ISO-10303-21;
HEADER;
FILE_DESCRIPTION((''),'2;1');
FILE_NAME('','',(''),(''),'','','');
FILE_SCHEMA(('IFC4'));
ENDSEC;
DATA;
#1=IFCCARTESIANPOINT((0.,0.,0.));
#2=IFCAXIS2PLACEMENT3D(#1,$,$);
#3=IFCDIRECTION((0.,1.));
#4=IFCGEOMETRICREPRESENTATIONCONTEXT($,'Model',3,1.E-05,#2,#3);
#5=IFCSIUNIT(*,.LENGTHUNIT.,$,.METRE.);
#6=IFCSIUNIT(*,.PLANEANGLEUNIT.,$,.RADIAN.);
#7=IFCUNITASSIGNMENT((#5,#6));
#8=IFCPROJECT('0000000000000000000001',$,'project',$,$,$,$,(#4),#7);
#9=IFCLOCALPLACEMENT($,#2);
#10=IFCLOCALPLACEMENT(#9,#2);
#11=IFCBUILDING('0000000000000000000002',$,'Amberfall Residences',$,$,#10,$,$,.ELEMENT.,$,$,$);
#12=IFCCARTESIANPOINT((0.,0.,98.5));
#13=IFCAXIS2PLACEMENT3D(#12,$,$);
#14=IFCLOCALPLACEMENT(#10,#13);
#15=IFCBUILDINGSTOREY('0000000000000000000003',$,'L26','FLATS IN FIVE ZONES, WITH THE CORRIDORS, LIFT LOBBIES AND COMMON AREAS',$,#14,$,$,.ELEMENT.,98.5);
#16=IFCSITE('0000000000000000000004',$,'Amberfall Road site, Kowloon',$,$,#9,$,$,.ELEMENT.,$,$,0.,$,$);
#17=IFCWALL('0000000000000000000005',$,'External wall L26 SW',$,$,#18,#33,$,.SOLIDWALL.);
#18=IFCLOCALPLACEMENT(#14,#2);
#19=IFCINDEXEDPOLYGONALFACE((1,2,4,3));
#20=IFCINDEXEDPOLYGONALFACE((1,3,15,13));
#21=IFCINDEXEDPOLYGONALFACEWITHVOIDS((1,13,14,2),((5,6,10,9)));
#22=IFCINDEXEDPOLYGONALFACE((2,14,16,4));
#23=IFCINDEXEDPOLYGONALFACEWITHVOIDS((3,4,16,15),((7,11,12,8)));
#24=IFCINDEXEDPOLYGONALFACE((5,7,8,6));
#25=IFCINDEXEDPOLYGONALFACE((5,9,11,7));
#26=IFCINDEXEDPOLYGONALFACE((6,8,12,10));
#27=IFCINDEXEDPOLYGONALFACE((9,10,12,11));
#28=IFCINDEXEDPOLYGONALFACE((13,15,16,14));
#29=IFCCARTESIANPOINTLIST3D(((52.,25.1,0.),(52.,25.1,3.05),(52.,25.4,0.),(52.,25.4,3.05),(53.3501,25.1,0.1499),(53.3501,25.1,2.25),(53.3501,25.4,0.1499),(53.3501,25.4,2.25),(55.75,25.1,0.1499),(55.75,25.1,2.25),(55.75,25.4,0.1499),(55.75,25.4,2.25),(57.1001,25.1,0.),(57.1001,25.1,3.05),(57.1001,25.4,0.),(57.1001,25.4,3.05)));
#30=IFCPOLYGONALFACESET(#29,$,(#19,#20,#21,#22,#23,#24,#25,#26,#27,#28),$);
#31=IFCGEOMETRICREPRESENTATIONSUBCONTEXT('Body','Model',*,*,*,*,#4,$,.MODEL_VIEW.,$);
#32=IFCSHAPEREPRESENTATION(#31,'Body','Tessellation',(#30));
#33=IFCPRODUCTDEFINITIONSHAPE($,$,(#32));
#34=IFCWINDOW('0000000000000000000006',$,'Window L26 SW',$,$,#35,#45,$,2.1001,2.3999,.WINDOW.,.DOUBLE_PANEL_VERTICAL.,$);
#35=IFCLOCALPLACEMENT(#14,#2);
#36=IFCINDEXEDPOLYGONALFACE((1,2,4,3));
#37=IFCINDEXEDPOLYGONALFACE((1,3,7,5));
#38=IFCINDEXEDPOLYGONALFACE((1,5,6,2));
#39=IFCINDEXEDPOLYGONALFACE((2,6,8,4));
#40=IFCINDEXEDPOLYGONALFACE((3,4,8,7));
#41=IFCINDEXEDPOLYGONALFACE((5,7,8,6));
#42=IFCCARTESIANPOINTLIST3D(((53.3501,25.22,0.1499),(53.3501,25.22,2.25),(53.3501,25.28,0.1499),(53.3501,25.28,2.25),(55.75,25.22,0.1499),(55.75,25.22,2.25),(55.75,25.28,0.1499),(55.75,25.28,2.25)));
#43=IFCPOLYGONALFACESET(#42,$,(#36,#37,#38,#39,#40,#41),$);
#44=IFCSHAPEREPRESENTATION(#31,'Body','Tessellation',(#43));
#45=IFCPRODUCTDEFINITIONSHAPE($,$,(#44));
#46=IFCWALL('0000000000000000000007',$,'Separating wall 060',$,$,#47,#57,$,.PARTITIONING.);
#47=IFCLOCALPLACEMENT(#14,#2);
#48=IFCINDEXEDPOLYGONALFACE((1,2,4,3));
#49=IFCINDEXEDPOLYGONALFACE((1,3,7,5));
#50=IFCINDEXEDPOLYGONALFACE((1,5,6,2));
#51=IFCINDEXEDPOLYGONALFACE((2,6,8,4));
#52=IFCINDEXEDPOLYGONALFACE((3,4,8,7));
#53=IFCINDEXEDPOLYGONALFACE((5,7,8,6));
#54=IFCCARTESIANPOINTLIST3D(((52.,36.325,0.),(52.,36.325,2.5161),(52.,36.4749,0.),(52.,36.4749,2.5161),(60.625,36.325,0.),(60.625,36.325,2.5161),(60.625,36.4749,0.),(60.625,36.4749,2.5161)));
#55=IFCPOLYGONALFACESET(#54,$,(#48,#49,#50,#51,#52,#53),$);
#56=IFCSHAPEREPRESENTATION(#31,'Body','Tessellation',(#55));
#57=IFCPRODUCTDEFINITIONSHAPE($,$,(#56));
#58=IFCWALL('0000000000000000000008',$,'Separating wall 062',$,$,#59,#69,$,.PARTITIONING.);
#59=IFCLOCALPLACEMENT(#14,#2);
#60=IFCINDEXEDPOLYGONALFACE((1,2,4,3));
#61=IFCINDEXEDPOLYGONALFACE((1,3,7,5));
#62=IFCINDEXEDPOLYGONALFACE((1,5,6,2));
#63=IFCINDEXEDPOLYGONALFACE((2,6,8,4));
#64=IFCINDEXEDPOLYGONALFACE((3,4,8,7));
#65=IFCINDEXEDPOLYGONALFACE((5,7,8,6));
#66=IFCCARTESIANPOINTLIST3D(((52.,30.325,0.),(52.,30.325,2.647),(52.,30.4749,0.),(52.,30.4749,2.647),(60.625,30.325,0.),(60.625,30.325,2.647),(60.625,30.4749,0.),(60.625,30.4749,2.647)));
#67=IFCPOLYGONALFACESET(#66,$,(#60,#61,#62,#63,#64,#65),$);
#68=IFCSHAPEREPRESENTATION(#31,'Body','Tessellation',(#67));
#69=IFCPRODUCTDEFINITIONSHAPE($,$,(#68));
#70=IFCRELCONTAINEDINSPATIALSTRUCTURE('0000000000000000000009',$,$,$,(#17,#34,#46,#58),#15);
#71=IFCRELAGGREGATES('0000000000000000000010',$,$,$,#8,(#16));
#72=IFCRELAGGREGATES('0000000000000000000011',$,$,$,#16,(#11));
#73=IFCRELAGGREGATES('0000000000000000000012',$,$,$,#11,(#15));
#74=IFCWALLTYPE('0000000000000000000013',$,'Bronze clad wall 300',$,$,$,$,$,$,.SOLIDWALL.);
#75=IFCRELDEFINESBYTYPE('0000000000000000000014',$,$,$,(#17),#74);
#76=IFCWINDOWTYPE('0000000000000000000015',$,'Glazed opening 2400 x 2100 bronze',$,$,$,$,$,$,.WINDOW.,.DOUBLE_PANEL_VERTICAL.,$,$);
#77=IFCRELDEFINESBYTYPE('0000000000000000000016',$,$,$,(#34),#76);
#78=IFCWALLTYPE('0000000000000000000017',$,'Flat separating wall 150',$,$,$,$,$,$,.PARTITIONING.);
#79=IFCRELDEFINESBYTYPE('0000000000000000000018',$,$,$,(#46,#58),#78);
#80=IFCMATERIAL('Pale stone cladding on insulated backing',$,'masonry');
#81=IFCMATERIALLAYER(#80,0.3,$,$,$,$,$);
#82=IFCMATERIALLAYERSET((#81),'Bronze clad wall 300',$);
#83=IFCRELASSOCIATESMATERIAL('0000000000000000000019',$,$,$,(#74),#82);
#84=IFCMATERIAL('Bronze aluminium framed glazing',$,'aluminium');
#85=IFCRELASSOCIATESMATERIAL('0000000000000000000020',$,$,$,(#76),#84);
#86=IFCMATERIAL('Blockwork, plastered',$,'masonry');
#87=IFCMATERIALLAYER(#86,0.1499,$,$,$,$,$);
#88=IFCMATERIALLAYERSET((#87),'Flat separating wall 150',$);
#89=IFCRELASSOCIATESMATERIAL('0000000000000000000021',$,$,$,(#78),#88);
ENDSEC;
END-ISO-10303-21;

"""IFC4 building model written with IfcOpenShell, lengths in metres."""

from ifc_helpers import new_model, si_unit, direction, frame, frame_2d, origin, place, context, subcontext, project, spatial, rectangle, extrude, material, layer, layer_set, type_object, element, fill, save


model = new_model("IFC4")

# Units and contexts
model_context = context("Model", 3, precision=1e-05, world=origin(), true_north=direction((0.0, 1.0)))
body_context = subcontext(model_context, "Body", "Model", "MODEL_VIEW")
ifc_project = project(units=[si_unit("LENGTHUNIT", "METRE"), si_unit("PLANEANGLEUNIT", "RADIAN")], contexts=[model_context])

# Site, building, storey
site_placement = place(None, origin())
site = spatial("IfcSite", under=ifc_project, at=site_placement, Name="Amberfall Road site, Kowloon", CompositionType="ELEMENT", RefElevation=0.0)
building_placement = place(site_placement, origin())
building = spatial("IfcBuilding", under=site, at=building_placement, Name="Amberfall Residences", CompositionType="ELEMENT")
storey_placement = place(building_placement, frame((0.0, 0.0, 98.5)))
storey = spatial("IfcBuildingStorey", under=building, at=storey_placement, Name="L26", Description="FLATS IN FIVE ZONES, WITH THE CORRIDORS, LIFT LOBBIES AND COMMON AREAS", CompositionType="ELEMENT", Elevation=98.5)

# Wall, opening, window
ifc_material_1 = material(Name="Pale stone cladding on insulated backing", Category="masonry")
ifc_layer_1 = layer(ifc_material_1, 0.3)
ifc_layer_set_1 = layer_set([ifc_layer_1], Name="Bronze clad wall 300")
wall_type_1 = type_object("IfcWallType", Name="Bronze clad wall 300", PredefinedType="SOLIDWALL", material=ifc_layer_set_1)
wall_1_placement = place(storey_placement, frame((52.0, 25.25, 0.0), z_axis=(0.0, 0.0, 1.0), x_axis=(1.0, 0.0, 0.0)))
wall_1 = element("IfcWall", 1, at=wall_1_placement, inside=storey, type_object=wall_type_1, Name="External wall L26 SW", PredefinedType="SOLIDWALL", context=body_context, shape_type="SweptSolid", body=[
    extrude(rectangle(XDim=5.1001, YDim=0.3, at=frame_2d((2.55, 0.0))), origin(), (0.0, 0.0, 1.0), 3.05),
])
opening_placement = place(wall_1_placement, frame((1.3501, 0.0, 0.1499)))
opening = element("IfcOpeningElement", 2, at=opening_placement, cuts=wall_1, PredefinedType="OPENING", context=body_context, shape_type="SweptSolid", body=[
    extrude(rectangle(XDim=2.3999, YDim=2.1001, at=frame_2d((1.2, 1.05))), frame((0.0, 0.1599, 0.0), z_axis=(0.0, -1.0, 0.0), x_axis=(1.0, 0.0, 0.0)), (0.0, 0.0, 1.0), 0.3201),
])
ifc_material_2 = material(Name="Bronze aluminium framed glazing", Category="aluminium")
window_type = type_object("IfcWindowType", Name="Glazed opening 2400 x 2100 bronze", PartitioningType="DOUBLE_PANEL_VERTICAL", PredefinedType="WINDOW", material=ifc_material_2)
window_placement = place(opening_placement, origin())
window = element("IfcWindow", 3, at=window_placement, inside=storey, type_object=window_type, Name="Window L26 SW", OverallHeight=2.1001, OverallWidth=2.3999, PartitioningType="DOUBLE_PANEL_VERTICAL", PredefinedType="WINDOW", context=body_context, shape_type="SweptSolid", body=[
    extrude(rectangle(XDim=2.3999, YDim=2.1001, at=frame_2d((1.2, 1.05))), frame((0.0, 0.03, 0.0), z_axis=(0.0, -1.0, 0.0), x_axis=(1.0, 0.0, 0.0)), (0.0, 0.0, 1.0), 0.0601),
])
fill(opening, window)

# Walls
ifc_material_3 = material(Name="Blockwork, plastered", Category="masonry")
ifc_layer_2 = layer(ifc_material_3, 0.1499)
ifc_layer_set_2 = layer_set([ifc_layer_2], Name="Flat separating wall 150")
wall_type_2 = type_object("IfcWallType", Name="Flat separating wall 150", PredefinedType="PARTITIONING", material=ifc_layer_set_2)
wall_2_placement = place(storey_placement, frame((52.0, 36.3999, 0.0), z_axis=(0.0, 0.0, 1.0), x_axis=(1.0, 0.0, 0.0)))
element("IfcWall", 4, at=wall_2_placement, inside=storey, type_object=wall_type_2, Name="Separating wall 060", PredefinedType="PARTITIONING", context=body_context, shape_type="SweptSolid", body=[
    extrude(rectangle(XDim=8.625, YDim=0.1499, at=frame_2d((4.3125, 0.0))), origin(), (0.0, 0.0, 1.0), 2.5161),
])
wall_3_placement = place(storey_placement, frame((52.0, 30.3999, 0.0), z_axis=(0.0, 0.0, 1.0), x_axis=(1.0, 0.0, 0.0)))
element("IfcWall", 5, at=wall_3_placement, inside=storey, type_object=wall_type_2, Name="Separating wall 062", PredefinedType="PARTITIONING", context=body_context, shape_type="SweptSolid", body=[
    extrude(rectangle(XDim=8.625, YDim=0.1499, at=frame_2d((4.3125, 0.0))), origin(), (0.0, 0.0, 1.0), 2.647),
])

save(model, "model.ifc")
